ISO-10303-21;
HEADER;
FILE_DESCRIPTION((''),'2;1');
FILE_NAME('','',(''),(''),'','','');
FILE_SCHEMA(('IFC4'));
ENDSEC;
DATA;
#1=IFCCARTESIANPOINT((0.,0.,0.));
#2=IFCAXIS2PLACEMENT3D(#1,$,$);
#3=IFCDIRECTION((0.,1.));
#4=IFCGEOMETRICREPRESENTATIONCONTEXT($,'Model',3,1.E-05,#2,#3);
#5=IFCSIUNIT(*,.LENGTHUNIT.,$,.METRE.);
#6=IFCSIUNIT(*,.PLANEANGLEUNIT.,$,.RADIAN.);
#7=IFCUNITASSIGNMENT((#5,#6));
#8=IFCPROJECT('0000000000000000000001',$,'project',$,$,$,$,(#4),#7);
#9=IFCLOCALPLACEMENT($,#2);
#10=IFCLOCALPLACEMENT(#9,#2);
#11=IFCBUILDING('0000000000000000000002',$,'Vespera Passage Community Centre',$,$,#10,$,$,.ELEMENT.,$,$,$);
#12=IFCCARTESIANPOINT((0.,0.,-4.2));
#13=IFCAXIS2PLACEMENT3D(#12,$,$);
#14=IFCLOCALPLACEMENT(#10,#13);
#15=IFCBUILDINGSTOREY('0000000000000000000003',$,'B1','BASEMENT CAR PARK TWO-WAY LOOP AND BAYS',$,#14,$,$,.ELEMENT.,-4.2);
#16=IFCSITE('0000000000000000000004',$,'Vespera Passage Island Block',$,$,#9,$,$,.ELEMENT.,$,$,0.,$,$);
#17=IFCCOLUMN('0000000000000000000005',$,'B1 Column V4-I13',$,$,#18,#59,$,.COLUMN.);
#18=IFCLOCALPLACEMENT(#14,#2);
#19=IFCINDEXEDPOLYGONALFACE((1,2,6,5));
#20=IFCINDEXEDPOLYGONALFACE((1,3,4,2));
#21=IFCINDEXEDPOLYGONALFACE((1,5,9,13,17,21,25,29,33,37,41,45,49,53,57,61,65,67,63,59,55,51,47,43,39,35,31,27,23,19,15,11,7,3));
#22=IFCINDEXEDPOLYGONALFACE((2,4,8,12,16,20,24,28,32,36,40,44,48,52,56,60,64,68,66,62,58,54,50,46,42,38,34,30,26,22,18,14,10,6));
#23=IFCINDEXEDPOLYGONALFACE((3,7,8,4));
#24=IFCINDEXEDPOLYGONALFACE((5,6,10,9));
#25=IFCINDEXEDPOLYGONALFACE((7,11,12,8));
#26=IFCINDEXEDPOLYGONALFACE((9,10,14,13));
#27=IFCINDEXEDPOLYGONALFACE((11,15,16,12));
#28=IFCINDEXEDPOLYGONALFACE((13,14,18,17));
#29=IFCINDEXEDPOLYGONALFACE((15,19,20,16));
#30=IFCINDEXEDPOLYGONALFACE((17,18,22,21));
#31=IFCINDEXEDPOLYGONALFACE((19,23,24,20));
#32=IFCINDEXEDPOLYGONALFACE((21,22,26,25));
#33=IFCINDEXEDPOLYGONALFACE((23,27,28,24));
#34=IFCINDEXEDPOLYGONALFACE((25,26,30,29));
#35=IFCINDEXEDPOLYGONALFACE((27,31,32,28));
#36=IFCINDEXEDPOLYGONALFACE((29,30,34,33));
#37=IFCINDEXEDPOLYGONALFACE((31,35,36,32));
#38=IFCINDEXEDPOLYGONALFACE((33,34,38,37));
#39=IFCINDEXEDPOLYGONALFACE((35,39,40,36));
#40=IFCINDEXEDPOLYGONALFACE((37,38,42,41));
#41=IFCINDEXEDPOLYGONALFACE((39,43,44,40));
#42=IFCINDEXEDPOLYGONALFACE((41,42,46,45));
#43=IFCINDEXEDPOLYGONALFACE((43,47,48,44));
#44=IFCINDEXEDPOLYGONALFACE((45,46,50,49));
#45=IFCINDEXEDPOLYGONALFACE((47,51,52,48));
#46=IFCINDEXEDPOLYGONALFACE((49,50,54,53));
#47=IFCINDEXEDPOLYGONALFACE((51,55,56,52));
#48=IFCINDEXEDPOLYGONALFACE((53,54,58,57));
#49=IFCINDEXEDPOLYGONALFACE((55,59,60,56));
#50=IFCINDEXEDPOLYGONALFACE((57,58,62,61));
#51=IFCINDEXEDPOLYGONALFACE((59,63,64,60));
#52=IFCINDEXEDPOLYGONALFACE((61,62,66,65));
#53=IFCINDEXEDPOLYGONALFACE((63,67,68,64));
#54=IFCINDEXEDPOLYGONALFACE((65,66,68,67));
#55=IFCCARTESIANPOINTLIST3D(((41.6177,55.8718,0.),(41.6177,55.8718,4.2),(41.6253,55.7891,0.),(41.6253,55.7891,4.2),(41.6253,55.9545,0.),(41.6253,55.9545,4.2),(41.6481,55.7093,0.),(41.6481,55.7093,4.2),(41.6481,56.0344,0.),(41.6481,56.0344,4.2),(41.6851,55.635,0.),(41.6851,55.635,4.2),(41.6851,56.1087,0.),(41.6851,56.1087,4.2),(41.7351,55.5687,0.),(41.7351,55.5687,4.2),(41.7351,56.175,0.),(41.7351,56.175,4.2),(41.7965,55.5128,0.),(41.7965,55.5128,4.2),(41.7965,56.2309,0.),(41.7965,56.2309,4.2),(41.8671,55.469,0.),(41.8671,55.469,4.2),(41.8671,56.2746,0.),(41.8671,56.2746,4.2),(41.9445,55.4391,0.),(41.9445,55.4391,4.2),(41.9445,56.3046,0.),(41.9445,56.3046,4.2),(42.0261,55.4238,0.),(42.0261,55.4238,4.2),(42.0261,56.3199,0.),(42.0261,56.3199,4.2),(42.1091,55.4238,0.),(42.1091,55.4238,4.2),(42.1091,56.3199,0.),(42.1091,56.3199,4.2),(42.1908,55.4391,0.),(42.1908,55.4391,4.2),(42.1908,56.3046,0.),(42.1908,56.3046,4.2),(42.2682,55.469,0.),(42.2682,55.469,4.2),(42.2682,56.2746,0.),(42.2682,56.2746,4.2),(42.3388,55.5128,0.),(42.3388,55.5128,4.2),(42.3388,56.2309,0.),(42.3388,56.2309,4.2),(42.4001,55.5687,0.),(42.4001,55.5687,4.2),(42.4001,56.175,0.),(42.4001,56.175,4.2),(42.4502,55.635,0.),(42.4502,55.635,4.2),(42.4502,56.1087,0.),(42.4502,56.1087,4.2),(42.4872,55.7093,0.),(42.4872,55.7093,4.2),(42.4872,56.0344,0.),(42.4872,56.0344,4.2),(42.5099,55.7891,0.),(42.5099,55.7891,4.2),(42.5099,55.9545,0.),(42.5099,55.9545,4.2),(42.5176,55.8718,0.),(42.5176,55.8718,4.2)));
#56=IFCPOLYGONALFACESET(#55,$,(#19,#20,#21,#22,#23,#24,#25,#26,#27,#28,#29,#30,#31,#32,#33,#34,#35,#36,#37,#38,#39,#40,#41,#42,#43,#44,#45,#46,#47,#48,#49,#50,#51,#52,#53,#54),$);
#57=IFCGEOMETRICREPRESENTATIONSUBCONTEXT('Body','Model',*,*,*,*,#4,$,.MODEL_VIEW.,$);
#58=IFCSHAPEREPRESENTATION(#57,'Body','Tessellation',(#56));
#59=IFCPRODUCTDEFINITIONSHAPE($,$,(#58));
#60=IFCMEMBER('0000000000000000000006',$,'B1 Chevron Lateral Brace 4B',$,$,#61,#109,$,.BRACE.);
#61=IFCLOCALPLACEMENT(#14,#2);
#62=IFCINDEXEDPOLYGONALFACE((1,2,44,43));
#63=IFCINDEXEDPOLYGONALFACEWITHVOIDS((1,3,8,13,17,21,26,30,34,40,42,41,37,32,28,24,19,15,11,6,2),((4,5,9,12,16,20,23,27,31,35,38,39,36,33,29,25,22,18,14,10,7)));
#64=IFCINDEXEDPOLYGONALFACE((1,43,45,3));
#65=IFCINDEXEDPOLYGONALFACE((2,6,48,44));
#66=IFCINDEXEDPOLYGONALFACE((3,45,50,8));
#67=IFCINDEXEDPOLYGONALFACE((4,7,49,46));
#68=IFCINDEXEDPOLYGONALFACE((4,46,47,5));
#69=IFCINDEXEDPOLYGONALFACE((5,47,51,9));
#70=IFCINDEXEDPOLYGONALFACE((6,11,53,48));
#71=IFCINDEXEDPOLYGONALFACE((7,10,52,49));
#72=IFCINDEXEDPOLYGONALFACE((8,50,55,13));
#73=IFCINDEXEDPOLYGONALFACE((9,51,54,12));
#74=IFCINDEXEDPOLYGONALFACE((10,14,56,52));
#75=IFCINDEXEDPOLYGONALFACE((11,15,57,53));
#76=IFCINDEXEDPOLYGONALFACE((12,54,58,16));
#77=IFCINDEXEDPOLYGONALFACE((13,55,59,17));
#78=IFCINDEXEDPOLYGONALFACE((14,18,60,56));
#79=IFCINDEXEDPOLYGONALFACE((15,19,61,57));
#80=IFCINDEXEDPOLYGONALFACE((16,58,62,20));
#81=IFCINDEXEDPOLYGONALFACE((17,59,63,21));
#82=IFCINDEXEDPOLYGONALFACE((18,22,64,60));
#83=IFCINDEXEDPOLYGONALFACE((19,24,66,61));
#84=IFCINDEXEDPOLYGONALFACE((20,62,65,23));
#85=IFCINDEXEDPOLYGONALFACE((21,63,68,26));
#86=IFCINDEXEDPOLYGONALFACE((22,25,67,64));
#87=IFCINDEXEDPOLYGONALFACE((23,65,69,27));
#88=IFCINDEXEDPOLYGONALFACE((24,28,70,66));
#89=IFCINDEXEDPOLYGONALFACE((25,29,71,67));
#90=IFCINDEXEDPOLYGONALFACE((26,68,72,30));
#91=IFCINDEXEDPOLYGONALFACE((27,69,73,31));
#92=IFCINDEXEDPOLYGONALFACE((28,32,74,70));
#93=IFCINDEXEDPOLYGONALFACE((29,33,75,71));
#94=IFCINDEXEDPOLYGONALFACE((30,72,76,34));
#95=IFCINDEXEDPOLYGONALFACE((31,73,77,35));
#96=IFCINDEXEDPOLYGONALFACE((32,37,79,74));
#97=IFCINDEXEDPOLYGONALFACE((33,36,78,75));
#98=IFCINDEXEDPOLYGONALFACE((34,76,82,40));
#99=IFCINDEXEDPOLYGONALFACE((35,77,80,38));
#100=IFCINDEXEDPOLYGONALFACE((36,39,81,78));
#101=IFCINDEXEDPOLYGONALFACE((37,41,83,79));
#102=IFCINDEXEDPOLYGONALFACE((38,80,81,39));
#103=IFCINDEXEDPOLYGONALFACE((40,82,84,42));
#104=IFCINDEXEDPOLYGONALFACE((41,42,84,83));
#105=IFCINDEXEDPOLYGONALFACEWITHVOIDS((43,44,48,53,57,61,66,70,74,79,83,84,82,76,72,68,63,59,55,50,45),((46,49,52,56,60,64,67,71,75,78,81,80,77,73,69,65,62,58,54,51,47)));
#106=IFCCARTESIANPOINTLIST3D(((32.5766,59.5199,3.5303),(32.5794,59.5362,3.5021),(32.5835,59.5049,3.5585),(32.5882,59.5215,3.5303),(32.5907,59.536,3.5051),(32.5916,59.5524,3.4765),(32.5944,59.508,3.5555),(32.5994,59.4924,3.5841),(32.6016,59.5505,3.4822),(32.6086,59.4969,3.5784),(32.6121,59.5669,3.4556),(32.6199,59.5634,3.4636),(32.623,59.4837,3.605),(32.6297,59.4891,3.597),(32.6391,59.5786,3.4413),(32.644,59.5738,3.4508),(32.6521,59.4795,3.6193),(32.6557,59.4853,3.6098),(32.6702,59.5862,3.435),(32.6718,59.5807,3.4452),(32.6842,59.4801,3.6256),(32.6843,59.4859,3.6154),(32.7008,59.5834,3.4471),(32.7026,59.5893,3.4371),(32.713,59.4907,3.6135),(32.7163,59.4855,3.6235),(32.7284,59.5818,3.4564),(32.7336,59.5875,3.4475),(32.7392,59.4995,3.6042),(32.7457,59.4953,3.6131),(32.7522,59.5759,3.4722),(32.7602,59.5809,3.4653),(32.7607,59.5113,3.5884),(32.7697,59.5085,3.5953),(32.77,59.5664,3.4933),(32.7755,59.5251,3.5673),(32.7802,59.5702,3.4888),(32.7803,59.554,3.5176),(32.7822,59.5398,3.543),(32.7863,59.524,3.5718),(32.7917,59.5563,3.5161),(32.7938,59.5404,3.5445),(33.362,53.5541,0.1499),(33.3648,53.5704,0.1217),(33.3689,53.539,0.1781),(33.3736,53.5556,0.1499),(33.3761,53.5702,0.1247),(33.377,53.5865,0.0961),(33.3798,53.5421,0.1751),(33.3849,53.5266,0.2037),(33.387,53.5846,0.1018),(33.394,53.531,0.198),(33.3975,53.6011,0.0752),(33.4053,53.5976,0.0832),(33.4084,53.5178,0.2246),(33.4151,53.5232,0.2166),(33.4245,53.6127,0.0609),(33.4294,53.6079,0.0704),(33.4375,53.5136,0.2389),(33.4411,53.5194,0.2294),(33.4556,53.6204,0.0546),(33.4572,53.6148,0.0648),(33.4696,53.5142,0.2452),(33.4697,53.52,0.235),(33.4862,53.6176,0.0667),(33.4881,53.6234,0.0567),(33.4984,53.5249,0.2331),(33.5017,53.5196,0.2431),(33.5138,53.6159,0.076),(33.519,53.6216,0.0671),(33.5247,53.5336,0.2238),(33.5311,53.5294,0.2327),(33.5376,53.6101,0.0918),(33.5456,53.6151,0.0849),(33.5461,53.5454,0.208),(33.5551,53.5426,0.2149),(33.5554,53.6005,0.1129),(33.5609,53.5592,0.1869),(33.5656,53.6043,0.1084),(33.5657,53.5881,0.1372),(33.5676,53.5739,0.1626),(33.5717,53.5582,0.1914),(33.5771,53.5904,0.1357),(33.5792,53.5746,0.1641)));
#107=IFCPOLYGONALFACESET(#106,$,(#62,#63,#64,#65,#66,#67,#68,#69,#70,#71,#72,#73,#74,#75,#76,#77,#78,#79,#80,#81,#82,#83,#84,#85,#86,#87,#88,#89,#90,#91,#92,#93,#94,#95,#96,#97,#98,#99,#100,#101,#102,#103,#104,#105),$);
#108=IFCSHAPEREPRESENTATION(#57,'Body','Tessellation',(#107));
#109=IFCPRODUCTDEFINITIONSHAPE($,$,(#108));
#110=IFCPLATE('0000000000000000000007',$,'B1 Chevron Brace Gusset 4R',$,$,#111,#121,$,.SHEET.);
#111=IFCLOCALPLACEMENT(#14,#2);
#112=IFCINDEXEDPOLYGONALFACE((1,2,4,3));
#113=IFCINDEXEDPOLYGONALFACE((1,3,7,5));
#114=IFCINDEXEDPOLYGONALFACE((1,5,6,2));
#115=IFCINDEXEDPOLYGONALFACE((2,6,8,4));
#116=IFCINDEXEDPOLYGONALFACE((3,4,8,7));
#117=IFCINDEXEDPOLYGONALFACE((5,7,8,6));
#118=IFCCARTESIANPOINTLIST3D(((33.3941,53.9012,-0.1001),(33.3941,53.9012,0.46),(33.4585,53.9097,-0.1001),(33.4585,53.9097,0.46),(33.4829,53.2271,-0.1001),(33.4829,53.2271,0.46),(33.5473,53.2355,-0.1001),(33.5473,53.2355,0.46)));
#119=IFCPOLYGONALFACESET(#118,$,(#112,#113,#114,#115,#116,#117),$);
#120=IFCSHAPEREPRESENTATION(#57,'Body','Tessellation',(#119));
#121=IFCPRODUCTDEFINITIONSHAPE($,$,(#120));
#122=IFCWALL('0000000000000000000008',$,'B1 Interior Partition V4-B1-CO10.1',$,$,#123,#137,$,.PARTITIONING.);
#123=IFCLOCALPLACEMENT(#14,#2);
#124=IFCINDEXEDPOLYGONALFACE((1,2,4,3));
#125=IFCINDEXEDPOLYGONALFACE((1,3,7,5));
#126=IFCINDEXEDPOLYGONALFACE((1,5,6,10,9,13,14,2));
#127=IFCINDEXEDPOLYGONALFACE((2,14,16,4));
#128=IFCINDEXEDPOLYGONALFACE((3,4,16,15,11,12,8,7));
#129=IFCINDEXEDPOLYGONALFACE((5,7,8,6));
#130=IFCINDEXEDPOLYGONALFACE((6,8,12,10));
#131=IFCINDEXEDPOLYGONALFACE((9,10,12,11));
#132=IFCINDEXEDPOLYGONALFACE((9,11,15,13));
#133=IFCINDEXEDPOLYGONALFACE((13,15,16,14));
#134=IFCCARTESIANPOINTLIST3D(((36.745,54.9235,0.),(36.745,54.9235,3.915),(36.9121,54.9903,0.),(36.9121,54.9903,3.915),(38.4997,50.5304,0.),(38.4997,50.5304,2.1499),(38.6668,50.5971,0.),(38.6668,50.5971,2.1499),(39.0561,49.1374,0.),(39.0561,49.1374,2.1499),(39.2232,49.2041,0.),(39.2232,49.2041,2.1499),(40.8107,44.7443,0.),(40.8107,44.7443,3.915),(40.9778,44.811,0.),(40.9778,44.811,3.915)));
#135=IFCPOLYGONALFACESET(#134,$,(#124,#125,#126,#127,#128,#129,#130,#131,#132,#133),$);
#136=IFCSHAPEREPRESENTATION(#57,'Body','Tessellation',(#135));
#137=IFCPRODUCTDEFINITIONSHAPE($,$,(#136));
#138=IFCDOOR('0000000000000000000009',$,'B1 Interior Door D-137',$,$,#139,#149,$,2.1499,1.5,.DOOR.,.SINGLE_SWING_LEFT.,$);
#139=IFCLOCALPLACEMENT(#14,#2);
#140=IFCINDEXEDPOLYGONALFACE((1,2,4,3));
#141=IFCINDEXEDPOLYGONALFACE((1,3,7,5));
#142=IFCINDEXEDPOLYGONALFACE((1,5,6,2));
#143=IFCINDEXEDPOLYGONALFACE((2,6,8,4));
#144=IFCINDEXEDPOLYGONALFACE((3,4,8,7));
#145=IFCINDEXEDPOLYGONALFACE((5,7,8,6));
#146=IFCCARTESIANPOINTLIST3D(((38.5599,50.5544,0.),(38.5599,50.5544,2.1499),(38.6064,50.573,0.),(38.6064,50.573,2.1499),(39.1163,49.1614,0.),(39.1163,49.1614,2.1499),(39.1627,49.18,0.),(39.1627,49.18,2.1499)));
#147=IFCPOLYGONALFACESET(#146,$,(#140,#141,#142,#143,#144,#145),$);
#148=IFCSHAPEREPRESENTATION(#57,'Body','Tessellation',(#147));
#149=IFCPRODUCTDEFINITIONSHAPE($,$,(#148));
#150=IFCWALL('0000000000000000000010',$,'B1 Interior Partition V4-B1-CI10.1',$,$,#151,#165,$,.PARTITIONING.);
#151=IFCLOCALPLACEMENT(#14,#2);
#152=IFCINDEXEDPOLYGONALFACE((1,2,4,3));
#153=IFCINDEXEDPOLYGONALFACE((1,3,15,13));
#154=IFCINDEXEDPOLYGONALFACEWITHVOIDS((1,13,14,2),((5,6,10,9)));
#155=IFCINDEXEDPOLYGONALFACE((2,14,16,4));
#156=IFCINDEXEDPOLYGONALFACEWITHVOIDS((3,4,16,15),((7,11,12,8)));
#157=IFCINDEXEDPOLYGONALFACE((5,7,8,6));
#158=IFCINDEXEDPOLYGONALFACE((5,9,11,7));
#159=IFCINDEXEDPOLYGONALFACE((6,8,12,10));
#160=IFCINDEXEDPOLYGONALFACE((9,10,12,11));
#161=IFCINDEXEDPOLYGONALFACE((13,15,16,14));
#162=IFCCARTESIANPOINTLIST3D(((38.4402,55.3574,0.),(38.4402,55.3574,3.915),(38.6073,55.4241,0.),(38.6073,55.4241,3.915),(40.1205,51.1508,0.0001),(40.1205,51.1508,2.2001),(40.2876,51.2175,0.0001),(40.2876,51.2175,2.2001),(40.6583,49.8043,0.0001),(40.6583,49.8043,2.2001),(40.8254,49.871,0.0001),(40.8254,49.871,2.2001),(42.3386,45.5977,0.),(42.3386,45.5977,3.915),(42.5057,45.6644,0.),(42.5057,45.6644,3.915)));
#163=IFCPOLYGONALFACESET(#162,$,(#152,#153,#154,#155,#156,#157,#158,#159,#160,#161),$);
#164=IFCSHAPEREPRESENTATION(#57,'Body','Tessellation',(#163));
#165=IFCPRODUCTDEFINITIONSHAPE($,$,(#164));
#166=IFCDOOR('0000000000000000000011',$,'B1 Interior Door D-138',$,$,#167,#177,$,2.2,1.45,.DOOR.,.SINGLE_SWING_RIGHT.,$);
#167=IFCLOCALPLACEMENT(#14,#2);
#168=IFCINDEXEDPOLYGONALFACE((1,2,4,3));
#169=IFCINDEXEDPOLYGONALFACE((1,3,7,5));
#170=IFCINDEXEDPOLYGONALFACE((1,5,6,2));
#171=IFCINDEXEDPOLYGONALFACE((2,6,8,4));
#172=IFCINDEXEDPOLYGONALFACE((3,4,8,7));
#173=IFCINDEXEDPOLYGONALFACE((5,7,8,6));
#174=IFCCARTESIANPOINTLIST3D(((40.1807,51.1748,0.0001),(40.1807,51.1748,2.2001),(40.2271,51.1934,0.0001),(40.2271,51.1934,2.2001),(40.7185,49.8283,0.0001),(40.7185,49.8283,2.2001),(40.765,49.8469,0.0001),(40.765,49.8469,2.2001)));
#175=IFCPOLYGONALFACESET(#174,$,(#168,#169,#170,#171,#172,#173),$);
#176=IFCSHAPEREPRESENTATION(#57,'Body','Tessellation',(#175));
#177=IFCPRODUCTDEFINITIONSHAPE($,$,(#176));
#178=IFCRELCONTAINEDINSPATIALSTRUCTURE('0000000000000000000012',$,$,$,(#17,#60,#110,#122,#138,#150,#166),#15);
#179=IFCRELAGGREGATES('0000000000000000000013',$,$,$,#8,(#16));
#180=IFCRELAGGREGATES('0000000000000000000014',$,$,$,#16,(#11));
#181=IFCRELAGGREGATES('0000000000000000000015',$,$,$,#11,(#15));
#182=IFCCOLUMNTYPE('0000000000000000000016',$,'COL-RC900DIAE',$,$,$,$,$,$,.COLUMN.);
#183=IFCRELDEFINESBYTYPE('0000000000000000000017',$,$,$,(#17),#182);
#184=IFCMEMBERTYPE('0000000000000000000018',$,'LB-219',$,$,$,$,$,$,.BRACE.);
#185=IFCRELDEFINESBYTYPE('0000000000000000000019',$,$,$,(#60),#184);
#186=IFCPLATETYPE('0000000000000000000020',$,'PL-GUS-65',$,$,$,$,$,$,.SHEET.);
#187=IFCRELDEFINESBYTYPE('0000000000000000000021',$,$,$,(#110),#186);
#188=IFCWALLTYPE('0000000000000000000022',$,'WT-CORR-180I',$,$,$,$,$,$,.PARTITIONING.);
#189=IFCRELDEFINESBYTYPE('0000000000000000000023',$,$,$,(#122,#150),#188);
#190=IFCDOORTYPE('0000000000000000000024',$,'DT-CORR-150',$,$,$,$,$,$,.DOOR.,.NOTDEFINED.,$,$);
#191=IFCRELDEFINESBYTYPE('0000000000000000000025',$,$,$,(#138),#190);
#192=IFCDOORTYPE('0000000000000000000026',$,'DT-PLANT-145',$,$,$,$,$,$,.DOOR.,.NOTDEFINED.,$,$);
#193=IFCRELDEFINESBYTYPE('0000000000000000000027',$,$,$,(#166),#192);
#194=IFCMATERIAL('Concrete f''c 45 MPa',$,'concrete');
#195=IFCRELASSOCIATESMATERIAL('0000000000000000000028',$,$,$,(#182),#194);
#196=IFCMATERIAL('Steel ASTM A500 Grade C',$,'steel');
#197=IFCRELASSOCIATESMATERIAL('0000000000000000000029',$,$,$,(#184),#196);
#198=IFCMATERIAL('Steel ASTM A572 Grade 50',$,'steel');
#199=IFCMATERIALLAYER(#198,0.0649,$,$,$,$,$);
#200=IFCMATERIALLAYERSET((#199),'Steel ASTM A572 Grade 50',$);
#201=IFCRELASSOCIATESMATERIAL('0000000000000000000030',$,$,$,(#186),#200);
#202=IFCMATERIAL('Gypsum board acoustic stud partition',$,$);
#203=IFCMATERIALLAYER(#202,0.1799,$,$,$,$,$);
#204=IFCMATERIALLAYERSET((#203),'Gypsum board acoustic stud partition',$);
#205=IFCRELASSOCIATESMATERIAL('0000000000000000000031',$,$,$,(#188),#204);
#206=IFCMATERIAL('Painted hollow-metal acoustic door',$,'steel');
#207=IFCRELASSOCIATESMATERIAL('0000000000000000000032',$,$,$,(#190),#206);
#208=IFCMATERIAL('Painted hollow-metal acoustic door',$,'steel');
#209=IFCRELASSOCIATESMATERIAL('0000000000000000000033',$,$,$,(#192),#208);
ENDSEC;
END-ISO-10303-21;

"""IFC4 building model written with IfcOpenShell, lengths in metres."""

from ifc_helpers import new_model, si_unit, direction, frame, frame_2d, origin, origin_2d, place, context, subcontext, project, spatial, rectangle, circle, hollow_circle, extrude, material, layer, layer_set, material_profile, profile_set, type_object, element, fill, save


model = new_model("IFC4")

# Units and contexts
model_context = context("Model", 3, precision=1e-05, world=origin(), true_north=direction((0.0, 1.0)))
body_context = subcontext(model_context, "Body", "Model", "MODEL_VIEW")
ifc_project = project(units=[si_unit("LENGTHUNIT", "METRE"), si_unit("PLANEANGLEUNIT", "RADIAN")], contexts=[model_context])

# Site, building, storey
site_placement = place(None, origin())
site = spatial("IfcSite", under=ifc_project, at=site_placement, Name="Vespera Passage Island Block", CompositionType="ELEMENT", RefElevation=0.0)
building_placement = place(site_placement, origin())
building = spatial("IfcBuilding", under=site, at=building_placement, Name="Vespera Passage Community Centre", CompositionType="ELEMENT")
storey_placement = place(building_placement, frame((0.0, 0.0, -4.2)))
storey = spatial("IfcBuildingStorey", under=building, at=storey_placement, Name="B1", Description="BASEMENT CAR PARK TWO-WAY LOOP AND BAYS", CompositionType="ELEMENT", Elevation=-4.2)

# Column
ifc_material_1 = material(Name="Concrete f'c 45 MPa", Category="concrete")
ifc_material_profile_1 = material_profile(ifc_material_1, circle(Radius=0.45, at=origin_2d()), Name="RC900DIA")
ifc_profile_set_1 = profile_set([ifc_material_profile_1], Name="Concrete f'c 45 MPa")
column_type_1 = type_object("IfcColumnType", Name="COL-RC900DIAE", PredefinedType="COLUMN", material=ifc_profile_set_1)
column_1_placement = place(storey_placement, frame((42.0676, 55.8718, 0.0), z_axis=(0.0, 0.0, 1.0), x_axis=(1.0, 0.0, 0.0)))
element("IfcColumn", 1, at=column_1_placement, inside=storey, type_object=column_type_1, Name="B1 Column V4-I13", PredefinedType="COLUMN", context=body_context, shape_type="SweptSolid", body=[
    extrude(circle(Radius=0.45, at=origin_2d()), origin(), (0.0, 0.0, 1.0), 4.2),
])

# Member
ifc_material_2 = material(Name="Steel ASTM A500 Grade C", Category="steel")
ifc_material_profile_2 = material_profile(ifc_material_2, hollow_circle(Radius=0.1096, WallThickness=0.0117, at=origin_2d()), Name="CHS219X12.7")
ifc_profile_set_2 = profile_set([ifc_material_profile_2], Name="Steel ASTM A500 Grade C")
member_type = type_object("IfcMemberType", Name="LB-219", PredefinedType="BRACE", material=ifc_profile_set_2)
member_placement = place(storey_placement, frame((33.4707, 53.5684, 0.1499), z_axis=(-0.113797, 0.864387, 0.489781), x_axis=(-0.991445, -0.130524, 0.0)))
element("IfcMember", 2, at=member_placement, inside=storey, type_object=member_type, Name="B1 Chevron Lateral Brace 4B", PredefinedType="BRACE", context=body_context, shape_type="SweptSolid", body=[
    extrude(hollow_circle(Radius=0.1096, WallThickness=0.0117, at=origin_2d()), origin(), (0.0, 0.0, 1.0), 6.9019),
])

# Plate
ifc_material_3 = material(Name="Steel ASTM A572 Grade 50", Category="steel")
ifc_layer_1 = layer(ifc_material_3, 0.0649)
ifc_layer_set_1 = layer_set([ifc_layer_1], Name="Steel ASTM A572 Grade 50")
plate_type = type_object("IfcPlateType", Name="PL-GUS-65", PredefinedType="SHEET", material=ifc_layer_set_1)
plate_placement = place(storey_placement, frame((33.4707, 53.5684, -0.1001), z_axis=(0.0, 0.0, 1.0), x_axis=(0.130526, -0.991445, 0.0)))
element("IfcPlate", 3, at=plate_placement, inside=storey, type_object=plate_type, Name="B1 Chevron Brace Gusset 4R", PredefinedType="SHEET", context=body_context, shape_type="SweptSolid", body=[
    extrude(rectangle(XDim=0.6799, YDim=0.0649, at=origin_2d()), origin(), (0.0, 0.0, 1.0), 0.5601),
])

# Walls, openings, doors
ifc_material_4 = material(Name="Gypsum board acoustic stud partition")
ifc_layer_2 = layer(ifc_material_4, 0.1799)
ifc_layer_set_2 = layer_set([ifc_layer_2], Name="Gypsum board acoustic stud partition")
wall_type_1 = type_object("IfcWallType", Name="WT-CORR-180I", PredefinedType="PARTITIONING", material=ifc_layer_set_2)
wall_1_placement = place(storey_placement, frame((36.8286, 54.9568, 0.0), z_axis=(0.0, 0.0, 1.0), x_axis=(0.370918, -0.928666, 0.0)))
wall_1 = element("IfcWall", 4, at=wall_1_placement, inside=storey, type_object=wall_type_1, Name="B1 Interior Partition V4-B1-CO10.1", PredefinedType="PARTITIONING", context=body_context, shape_type="SweptSolid", body=[
    extrude(rectangle(XDim=10.9612, YDim=0.1799, at=frame_2d((5.4805, 0.0))), origin(), (0.0, 0.0, 1.0), 3.915),
])
opening_1_placement = place(wall_1_placement, frame((4.7305, 0.0, 0.0)))
opening_1 = element("IfcOpeningElement", 5, at=opening_1_placement, cuts=wall_1, PredefinedType="OPENING", context=body_context, shape_type="SweptSolid", body=[
    extrude(rectangle(XDim=1.5, YDim=2.1499, at=frame_2d((0.75, 1.075))), frame((0.0, 0.0999, 0.0), z_axis=(0.0, -1.0, 0.0), x_axis=(1.0, 0.0, 0.0)), (0.0, 0.0, 1.0), 0.2),
])
ifc_material_5 = material(Name="Painted hollow-metal acoustic door", Category="steel")
door_type_1 = type_object("IfcDoorType", Name="DT-CORR-150", OperationType="NOTDEFINED", PredefinedType="DOOR", material=ifc_material_5)
door_1_placement = place(opening_1_placement, origin())
door_1 = element("IfcDoor", 6, at=door_1_placement, inside=storey, type_object=door_type_1, Name="B1 Interior Door D-137", OperationType="SINGLE_SWING_LEFT", OverallHeight=2.1499, OverallWidth=1.5, PredefinedType="DOOR", context=body_context, shape_type="SweptSolid", body=[
    extrude(rectangle(XDim=1.5, YDim=2.1499, at=frame_2d((0.75, 1.075))), frame((0.0, 0.0249, 0.0), z_axis=(0.0, -1.0, 0.0), x_axis=(1.0, 0.0, 0.0)), (0.0, 0.0, 1.0), 0.05),
])
fill(opening_1, door_1)
wall_2_placement = place(storey_placement, frame((38.5237, 55.3909, 0.0), z_axis=(0.0, 0.0, 1.0), x_axis=(0.370942, -0.928656, 0.0)))
wall_2 = element("IfcWall", 7, at=wall_2_placement, inside=storey, type_object=wall_type_1, Name="B1 Interior Partition V4-B1-CI10.1", PredefinedType="PARTITIONING", context=body_context, shape_type="SweptSolid", body=[
    extrude(rectangle(XDim=10.5095, YDim=0.1799, at=frame_2d((5.2549, 0.0))), origin(), (0.0, 0.0, 1.0), 3.915),
])
opening_2_placement = place(wall_2_placement, frame((4.5298, 0.0, 0.0)))
opening_2 = element("IfcOpeningElement", 8, at=opening_2_placement, cuts=wall_2, PredefinedType="OPENING", context=body_context, shape_type="SweptSolid", body=[
    extrude(rectangle(XDim=1.45, YDim=2.2, at=frame_2d((0.7251, 1.1001))), frame((0.0, 0.0999, 0.0), z_axis=(0.0, -1.0, 0.0), x_axis=(1.0, 0.0, 0.0)), (0.0, 0.0, 1.0), 0.2),
])
ifc_material_6 = material(Name="Painted hollow-metal acoustic door", Category="steel")
door_type_2 = type_object("IfcDoorType", Name="DT-PLANT-145", OperationType="NOTDEFINED", PredefinedType="DOOR", material=ifc_material_6)
door_2_placement = place(opening_2_placement, origin())
door_2 = element("IfcDoor", 9, at=door_2_placement, inside=storey, type_object=door_type_2, Name="B1 Interior Door D-138", OperationType="SINGLE_SWING_RIGHT", OverallHeight=2.2, OverallWidth=1.45, PredefinedType="DOOR", context=body_context, shape_type="SweptSolid", body=[
    extrude(rectangle(XDim=1.45, YDim=2.2, at=frame_2d((0.7251, 1.1001))), frame((0.0, 0.0249, 0.0), z_axis=(0.0, -1.0, 0.0), x_axis=(1.0, 0.0, 0.0)), (0.0, 0.0, 1.0), 0.05),
])
fill(opening_2, door_2)

save(model, "model.ifc")
